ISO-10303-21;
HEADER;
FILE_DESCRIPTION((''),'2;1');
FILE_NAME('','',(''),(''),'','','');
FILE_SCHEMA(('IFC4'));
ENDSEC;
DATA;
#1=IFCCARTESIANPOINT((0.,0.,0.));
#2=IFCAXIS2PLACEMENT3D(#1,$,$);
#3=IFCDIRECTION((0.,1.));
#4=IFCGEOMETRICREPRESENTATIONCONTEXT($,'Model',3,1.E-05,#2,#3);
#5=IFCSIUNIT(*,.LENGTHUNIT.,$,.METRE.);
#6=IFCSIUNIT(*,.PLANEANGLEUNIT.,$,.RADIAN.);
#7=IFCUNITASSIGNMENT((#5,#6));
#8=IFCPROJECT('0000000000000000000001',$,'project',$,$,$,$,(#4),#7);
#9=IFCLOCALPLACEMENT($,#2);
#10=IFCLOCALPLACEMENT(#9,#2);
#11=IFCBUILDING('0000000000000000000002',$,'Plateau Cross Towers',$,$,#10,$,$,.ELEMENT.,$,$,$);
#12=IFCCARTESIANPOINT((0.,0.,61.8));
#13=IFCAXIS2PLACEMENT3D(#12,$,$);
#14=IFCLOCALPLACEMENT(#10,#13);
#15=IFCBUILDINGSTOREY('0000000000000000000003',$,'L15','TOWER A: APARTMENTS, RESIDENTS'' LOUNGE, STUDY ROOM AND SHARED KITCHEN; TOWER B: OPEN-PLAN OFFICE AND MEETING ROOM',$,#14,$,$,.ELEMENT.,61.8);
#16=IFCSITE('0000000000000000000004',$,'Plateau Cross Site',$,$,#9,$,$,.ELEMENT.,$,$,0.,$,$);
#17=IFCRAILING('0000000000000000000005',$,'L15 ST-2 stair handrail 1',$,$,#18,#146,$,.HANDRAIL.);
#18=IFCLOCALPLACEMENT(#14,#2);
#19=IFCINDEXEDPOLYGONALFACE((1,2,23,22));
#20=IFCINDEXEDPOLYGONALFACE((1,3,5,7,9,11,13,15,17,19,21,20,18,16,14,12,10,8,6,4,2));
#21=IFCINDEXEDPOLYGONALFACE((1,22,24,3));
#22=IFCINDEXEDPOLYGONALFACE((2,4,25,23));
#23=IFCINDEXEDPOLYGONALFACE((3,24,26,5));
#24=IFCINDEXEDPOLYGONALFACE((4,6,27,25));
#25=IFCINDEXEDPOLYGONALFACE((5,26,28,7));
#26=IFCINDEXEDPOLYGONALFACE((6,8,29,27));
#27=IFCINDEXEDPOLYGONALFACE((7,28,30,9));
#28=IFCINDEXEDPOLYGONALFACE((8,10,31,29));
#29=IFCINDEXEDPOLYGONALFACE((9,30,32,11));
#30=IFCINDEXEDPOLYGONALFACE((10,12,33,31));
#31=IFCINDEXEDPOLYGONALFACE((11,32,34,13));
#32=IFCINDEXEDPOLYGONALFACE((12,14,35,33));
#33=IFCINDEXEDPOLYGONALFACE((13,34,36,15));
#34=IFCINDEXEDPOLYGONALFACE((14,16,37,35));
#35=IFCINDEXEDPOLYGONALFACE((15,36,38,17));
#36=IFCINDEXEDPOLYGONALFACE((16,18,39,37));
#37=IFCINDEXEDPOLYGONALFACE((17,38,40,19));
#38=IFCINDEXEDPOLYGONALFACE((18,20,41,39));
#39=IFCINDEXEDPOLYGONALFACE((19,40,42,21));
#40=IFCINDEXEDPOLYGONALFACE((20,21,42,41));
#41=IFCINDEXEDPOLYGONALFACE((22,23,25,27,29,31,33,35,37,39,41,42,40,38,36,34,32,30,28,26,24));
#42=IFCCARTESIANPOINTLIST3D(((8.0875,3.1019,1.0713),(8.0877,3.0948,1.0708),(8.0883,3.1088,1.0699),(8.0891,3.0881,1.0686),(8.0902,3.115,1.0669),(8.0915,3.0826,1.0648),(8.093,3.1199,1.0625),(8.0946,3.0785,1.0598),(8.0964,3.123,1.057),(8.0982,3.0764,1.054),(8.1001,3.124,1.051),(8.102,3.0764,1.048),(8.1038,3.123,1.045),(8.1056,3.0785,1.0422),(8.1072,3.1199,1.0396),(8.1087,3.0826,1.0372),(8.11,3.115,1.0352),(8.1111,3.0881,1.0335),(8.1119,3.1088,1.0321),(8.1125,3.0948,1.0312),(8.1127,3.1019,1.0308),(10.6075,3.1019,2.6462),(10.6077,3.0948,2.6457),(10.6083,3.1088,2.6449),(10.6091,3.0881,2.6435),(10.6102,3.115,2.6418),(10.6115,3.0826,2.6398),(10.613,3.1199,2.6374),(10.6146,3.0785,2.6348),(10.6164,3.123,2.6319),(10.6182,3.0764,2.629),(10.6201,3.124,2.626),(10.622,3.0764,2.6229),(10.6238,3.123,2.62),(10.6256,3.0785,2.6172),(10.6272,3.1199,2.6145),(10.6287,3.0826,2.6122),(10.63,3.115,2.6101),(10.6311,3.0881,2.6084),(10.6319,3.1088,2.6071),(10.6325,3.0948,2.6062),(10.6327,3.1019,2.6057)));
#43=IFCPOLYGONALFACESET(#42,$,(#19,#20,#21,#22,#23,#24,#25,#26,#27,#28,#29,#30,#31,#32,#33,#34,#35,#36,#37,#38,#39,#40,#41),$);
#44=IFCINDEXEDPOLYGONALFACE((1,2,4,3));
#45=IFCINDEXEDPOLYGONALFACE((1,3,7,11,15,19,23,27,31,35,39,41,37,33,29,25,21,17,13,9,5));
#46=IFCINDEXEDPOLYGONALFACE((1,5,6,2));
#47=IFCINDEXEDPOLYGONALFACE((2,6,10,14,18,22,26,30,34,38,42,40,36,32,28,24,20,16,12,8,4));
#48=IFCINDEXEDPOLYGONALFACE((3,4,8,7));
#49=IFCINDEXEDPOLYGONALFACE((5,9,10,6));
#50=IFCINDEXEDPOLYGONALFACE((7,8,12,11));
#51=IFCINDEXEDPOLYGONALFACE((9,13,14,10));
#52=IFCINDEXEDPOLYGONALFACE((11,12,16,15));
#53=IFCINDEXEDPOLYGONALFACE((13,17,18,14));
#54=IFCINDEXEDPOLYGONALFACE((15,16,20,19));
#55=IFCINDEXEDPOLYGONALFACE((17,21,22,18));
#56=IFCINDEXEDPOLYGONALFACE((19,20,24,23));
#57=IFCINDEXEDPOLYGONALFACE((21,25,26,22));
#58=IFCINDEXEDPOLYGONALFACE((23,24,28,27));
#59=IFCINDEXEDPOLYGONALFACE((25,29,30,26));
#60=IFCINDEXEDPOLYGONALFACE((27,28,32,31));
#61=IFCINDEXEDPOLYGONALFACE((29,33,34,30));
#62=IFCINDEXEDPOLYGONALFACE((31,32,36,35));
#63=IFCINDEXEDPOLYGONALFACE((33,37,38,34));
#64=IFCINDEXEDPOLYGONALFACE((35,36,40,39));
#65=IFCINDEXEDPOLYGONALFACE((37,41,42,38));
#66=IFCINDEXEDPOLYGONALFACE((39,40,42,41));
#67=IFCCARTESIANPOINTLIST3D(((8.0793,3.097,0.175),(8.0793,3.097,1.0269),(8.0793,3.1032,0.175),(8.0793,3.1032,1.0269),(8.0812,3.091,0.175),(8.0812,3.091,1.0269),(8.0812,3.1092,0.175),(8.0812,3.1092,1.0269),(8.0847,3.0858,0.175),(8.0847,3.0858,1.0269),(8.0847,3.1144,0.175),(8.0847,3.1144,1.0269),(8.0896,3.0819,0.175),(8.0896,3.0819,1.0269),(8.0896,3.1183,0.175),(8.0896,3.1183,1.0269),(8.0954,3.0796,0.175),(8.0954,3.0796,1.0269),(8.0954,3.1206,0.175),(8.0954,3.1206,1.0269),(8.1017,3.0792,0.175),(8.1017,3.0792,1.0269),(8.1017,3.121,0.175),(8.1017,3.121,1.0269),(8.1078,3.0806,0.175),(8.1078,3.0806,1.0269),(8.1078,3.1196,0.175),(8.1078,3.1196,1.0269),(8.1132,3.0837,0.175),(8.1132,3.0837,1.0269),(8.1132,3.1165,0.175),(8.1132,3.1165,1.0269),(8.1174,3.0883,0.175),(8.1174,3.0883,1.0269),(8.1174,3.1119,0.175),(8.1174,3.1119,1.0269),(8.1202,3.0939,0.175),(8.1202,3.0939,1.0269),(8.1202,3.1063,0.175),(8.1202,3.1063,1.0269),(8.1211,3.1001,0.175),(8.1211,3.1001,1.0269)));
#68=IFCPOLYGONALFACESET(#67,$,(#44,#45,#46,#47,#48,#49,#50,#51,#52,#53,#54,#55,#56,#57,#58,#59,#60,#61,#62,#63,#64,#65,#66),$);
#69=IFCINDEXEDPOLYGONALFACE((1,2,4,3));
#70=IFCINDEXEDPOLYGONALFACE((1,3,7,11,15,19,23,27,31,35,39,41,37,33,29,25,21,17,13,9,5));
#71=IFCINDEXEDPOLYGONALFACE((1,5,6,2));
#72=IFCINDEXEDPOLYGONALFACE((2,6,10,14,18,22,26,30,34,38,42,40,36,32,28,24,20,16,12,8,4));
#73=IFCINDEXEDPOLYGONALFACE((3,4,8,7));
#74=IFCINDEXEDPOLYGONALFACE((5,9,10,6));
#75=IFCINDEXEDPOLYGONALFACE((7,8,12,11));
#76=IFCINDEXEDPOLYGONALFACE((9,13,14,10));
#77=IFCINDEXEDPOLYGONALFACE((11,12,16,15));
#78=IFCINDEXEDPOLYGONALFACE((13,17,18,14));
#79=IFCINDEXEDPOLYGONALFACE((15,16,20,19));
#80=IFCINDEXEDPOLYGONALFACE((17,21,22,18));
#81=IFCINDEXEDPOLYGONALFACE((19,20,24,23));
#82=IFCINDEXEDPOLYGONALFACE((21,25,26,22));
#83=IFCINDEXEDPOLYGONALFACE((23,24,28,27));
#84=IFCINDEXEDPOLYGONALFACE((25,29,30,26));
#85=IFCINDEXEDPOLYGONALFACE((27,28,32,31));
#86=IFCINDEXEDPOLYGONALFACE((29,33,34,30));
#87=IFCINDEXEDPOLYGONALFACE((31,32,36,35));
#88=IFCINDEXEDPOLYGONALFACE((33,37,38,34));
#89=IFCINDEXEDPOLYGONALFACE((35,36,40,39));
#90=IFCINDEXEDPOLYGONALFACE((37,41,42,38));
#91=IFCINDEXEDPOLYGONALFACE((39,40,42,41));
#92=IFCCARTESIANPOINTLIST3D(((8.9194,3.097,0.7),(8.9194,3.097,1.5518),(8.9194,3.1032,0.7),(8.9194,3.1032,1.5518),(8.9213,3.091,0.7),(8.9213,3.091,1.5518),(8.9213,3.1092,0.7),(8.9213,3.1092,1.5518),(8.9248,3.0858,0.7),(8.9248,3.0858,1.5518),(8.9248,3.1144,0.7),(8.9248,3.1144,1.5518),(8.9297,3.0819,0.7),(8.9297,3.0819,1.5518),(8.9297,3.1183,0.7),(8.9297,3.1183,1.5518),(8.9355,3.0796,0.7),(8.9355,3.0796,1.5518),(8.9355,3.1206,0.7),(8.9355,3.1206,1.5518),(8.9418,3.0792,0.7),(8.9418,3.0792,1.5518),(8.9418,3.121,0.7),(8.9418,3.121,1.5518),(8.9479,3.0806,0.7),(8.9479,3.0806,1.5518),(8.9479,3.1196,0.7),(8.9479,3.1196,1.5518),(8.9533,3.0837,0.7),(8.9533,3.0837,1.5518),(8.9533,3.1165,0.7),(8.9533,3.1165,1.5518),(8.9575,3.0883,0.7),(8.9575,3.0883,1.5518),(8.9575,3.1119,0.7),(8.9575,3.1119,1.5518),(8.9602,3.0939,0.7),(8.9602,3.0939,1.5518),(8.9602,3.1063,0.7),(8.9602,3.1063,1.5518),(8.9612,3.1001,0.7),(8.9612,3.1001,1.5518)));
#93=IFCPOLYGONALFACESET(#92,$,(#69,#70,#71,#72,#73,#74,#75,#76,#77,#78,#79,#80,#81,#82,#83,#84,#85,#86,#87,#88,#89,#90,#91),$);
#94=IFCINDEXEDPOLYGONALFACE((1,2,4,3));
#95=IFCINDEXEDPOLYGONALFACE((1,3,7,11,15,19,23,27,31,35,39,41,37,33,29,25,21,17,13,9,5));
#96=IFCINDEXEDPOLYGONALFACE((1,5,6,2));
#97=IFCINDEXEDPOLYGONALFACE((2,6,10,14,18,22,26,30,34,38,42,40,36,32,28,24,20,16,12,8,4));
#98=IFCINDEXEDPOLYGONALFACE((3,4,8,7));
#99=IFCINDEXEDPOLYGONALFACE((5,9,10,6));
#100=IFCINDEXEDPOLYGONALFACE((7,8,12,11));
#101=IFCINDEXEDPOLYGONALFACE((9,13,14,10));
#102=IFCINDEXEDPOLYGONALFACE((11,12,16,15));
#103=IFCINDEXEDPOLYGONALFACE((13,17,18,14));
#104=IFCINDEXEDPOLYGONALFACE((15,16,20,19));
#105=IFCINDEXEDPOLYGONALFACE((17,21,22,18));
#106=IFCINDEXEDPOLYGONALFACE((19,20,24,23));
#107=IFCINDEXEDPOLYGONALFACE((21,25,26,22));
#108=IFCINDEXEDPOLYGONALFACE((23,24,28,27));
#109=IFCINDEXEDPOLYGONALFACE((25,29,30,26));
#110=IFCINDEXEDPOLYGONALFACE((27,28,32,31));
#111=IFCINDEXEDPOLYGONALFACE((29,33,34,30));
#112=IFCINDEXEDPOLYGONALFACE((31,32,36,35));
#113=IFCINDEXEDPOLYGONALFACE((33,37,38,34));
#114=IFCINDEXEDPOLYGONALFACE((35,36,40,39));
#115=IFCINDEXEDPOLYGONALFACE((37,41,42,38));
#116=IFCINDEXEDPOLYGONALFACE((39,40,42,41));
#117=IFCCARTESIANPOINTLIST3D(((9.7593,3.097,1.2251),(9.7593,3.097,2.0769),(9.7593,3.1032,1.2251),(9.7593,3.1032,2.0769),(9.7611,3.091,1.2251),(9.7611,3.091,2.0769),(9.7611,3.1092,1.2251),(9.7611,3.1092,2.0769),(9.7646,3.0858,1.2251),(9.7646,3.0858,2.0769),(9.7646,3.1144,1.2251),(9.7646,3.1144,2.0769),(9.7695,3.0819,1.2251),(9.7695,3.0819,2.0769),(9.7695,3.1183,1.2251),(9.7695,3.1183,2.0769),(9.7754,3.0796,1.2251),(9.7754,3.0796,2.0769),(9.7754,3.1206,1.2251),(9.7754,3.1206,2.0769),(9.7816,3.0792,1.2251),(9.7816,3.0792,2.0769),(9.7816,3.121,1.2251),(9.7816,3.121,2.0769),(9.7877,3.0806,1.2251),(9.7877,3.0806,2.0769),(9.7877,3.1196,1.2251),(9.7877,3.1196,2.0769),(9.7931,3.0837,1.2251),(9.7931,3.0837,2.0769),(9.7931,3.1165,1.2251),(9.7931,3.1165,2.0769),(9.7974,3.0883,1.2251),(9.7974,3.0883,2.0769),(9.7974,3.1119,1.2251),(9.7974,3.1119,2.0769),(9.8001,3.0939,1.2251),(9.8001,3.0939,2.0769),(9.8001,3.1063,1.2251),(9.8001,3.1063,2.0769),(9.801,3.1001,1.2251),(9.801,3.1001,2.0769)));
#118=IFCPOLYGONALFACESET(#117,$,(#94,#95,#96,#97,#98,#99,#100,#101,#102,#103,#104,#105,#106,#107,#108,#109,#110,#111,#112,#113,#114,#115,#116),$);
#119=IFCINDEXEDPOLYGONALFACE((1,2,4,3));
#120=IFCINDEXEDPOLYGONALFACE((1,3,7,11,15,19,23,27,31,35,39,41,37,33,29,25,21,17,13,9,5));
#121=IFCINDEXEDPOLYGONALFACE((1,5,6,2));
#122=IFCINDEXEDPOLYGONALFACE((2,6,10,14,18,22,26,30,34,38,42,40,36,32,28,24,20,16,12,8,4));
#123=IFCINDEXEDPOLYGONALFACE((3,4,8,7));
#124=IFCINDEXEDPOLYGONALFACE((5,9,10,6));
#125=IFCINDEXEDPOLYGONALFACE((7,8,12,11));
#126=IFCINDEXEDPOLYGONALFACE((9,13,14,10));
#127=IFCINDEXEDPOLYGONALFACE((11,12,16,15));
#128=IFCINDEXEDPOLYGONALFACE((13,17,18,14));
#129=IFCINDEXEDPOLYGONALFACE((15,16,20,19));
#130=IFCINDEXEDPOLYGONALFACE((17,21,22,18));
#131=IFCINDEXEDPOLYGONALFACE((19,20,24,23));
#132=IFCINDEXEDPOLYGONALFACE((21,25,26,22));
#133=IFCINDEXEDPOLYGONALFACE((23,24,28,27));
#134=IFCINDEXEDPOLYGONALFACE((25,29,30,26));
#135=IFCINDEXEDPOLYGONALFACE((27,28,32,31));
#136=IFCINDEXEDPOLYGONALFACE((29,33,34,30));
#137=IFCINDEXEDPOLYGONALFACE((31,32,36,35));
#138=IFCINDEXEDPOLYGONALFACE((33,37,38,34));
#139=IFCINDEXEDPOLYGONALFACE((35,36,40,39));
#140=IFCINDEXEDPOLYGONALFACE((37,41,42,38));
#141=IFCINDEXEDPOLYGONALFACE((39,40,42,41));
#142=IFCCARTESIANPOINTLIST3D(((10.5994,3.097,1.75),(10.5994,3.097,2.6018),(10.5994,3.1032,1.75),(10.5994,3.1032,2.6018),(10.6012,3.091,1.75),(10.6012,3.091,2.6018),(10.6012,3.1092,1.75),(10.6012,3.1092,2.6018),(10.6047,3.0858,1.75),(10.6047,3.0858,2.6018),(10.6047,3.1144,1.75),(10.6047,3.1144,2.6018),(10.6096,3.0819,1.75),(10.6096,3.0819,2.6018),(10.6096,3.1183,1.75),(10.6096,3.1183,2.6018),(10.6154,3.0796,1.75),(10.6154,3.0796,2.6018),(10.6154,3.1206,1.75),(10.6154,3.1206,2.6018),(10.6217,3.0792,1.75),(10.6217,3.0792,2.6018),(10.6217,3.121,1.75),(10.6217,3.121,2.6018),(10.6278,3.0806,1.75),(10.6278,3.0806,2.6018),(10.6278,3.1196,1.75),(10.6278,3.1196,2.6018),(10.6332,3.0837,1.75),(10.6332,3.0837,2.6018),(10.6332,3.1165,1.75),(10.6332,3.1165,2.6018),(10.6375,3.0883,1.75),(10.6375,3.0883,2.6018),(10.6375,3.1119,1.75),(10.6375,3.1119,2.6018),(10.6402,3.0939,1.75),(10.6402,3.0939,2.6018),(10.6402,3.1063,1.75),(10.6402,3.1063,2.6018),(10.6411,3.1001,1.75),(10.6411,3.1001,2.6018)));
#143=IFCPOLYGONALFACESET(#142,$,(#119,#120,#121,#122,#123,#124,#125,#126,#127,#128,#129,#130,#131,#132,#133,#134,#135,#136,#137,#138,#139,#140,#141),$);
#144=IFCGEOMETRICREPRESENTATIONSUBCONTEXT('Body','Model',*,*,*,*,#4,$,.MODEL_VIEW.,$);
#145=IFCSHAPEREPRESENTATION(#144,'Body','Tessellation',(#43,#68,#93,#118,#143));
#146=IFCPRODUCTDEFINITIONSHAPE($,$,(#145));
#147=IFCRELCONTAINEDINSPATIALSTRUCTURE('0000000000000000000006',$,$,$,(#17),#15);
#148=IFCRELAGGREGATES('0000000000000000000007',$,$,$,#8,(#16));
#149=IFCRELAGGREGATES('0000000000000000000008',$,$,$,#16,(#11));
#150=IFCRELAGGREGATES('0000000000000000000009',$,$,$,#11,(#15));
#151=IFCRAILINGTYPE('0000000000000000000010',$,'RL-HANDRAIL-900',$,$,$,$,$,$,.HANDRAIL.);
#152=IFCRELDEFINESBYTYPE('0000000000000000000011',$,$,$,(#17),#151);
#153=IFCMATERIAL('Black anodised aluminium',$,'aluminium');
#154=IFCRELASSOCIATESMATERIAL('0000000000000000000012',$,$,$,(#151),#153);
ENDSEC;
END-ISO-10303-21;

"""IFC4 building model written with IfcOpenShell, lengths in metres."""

from ifc_helpers import new_model, si_unit, direction, frame, origin, origin_2d, place, context, subcontext, project, spatial, circle, extrude, material, type_object, element, save


model = new_model("IFC4")

# Units and contexts
model_context = context("Model", 3, precision=1e-05, world=origin(), true_north=direction((0.0, 1.0)))
body_context = subcontext(model_context, "Body", "Model", "MODEL_VIEW")
ifc_project = project(units=[si_unit("LENGTHUNIT", "METRE"), si_unit("PLANEANGLEUNIT", "RADIAN")], contexts=[model_context])

# Site, building, storey
site_placement = place(None, origin())
site = spatial("IfcSite", under=ifc_project, at=site_placement, Name="Plateau Cross Site", CompositionType="ELEMENT", RefElevation=0.0)
building_placement = place(site_placement, origin())
building = spatial("IfcBuilding", under=site, at=building_placement, Name="Plateau Cross Towers", CompositionType="ELEMENT")
storey_placement = place(building_placement, frame((0.0, 0.0, 61.8)))
storey = spatial("IfcBuildingStorey", under=building, at=storey_placement, Name="L15", Description="TOWER A: APARTMENTS, RESIDENTS' LOUNGE, STUDY ROOM AND SHARED KITCHEN; TOWER B: OPEN-PLAN OFFICE AND MEETING ROOM", CompositionType="ELEMENT", Elevation=61.8)

# Shared definitions
ifc_material_1 = material(Name="Black anodised aluminium", Category="aluminium")

# Railing
railing_type_1 = type_object("IfcRailingType", Name="RL-HANDRAIL-900", PredefinedType="HANDRAIL", material=ifc_material_1)
railing_1_placement = place(storey_placement, frame((8.1001, 3.1001, 0.175)))
element("IfcRailing", 1, at=railing_1_placement, inside=storey, type_object=railing_type_1, Name="L15 ST-2 stair handrail 1", PredefinedType="HANDRAIL", context=body_context, shape_type="SweptSolid", body=[
    extrude(circle(Radius=0.0239, at=origin_2d()), frame((0.0, 0.0, 0.876), z_axis=(0.848008, 0.0, 0.529984), x_axis=(0.0, 1.0, 0.0)), (0.0, 0.0, 1.0), 2.9717),
    extrude(circle(Radius=0.021, at=origin_2d()), origin(), (0.0, 0.0, 1.0), 0.8518),
    extrude(circle(Radius=0.021, at=origin_2d()), frame((0.8401, 0.0, 0.5249)), (0.0, 0.0, 1.0), 0.8518),
    extrude(circle(Radius=0.021, at=origin_2d()), frame((1.6799, 0.0, 1.05)), (0.0, 0.0, 1.0), 0.8518),
    extrude(circle(Radius=0.021, at=origin_2d()), frame((2.52, 0.0, 1.575)), (0.0, 0.0, 1.0), 0.8518),
])

save(model, "model.ifc")
